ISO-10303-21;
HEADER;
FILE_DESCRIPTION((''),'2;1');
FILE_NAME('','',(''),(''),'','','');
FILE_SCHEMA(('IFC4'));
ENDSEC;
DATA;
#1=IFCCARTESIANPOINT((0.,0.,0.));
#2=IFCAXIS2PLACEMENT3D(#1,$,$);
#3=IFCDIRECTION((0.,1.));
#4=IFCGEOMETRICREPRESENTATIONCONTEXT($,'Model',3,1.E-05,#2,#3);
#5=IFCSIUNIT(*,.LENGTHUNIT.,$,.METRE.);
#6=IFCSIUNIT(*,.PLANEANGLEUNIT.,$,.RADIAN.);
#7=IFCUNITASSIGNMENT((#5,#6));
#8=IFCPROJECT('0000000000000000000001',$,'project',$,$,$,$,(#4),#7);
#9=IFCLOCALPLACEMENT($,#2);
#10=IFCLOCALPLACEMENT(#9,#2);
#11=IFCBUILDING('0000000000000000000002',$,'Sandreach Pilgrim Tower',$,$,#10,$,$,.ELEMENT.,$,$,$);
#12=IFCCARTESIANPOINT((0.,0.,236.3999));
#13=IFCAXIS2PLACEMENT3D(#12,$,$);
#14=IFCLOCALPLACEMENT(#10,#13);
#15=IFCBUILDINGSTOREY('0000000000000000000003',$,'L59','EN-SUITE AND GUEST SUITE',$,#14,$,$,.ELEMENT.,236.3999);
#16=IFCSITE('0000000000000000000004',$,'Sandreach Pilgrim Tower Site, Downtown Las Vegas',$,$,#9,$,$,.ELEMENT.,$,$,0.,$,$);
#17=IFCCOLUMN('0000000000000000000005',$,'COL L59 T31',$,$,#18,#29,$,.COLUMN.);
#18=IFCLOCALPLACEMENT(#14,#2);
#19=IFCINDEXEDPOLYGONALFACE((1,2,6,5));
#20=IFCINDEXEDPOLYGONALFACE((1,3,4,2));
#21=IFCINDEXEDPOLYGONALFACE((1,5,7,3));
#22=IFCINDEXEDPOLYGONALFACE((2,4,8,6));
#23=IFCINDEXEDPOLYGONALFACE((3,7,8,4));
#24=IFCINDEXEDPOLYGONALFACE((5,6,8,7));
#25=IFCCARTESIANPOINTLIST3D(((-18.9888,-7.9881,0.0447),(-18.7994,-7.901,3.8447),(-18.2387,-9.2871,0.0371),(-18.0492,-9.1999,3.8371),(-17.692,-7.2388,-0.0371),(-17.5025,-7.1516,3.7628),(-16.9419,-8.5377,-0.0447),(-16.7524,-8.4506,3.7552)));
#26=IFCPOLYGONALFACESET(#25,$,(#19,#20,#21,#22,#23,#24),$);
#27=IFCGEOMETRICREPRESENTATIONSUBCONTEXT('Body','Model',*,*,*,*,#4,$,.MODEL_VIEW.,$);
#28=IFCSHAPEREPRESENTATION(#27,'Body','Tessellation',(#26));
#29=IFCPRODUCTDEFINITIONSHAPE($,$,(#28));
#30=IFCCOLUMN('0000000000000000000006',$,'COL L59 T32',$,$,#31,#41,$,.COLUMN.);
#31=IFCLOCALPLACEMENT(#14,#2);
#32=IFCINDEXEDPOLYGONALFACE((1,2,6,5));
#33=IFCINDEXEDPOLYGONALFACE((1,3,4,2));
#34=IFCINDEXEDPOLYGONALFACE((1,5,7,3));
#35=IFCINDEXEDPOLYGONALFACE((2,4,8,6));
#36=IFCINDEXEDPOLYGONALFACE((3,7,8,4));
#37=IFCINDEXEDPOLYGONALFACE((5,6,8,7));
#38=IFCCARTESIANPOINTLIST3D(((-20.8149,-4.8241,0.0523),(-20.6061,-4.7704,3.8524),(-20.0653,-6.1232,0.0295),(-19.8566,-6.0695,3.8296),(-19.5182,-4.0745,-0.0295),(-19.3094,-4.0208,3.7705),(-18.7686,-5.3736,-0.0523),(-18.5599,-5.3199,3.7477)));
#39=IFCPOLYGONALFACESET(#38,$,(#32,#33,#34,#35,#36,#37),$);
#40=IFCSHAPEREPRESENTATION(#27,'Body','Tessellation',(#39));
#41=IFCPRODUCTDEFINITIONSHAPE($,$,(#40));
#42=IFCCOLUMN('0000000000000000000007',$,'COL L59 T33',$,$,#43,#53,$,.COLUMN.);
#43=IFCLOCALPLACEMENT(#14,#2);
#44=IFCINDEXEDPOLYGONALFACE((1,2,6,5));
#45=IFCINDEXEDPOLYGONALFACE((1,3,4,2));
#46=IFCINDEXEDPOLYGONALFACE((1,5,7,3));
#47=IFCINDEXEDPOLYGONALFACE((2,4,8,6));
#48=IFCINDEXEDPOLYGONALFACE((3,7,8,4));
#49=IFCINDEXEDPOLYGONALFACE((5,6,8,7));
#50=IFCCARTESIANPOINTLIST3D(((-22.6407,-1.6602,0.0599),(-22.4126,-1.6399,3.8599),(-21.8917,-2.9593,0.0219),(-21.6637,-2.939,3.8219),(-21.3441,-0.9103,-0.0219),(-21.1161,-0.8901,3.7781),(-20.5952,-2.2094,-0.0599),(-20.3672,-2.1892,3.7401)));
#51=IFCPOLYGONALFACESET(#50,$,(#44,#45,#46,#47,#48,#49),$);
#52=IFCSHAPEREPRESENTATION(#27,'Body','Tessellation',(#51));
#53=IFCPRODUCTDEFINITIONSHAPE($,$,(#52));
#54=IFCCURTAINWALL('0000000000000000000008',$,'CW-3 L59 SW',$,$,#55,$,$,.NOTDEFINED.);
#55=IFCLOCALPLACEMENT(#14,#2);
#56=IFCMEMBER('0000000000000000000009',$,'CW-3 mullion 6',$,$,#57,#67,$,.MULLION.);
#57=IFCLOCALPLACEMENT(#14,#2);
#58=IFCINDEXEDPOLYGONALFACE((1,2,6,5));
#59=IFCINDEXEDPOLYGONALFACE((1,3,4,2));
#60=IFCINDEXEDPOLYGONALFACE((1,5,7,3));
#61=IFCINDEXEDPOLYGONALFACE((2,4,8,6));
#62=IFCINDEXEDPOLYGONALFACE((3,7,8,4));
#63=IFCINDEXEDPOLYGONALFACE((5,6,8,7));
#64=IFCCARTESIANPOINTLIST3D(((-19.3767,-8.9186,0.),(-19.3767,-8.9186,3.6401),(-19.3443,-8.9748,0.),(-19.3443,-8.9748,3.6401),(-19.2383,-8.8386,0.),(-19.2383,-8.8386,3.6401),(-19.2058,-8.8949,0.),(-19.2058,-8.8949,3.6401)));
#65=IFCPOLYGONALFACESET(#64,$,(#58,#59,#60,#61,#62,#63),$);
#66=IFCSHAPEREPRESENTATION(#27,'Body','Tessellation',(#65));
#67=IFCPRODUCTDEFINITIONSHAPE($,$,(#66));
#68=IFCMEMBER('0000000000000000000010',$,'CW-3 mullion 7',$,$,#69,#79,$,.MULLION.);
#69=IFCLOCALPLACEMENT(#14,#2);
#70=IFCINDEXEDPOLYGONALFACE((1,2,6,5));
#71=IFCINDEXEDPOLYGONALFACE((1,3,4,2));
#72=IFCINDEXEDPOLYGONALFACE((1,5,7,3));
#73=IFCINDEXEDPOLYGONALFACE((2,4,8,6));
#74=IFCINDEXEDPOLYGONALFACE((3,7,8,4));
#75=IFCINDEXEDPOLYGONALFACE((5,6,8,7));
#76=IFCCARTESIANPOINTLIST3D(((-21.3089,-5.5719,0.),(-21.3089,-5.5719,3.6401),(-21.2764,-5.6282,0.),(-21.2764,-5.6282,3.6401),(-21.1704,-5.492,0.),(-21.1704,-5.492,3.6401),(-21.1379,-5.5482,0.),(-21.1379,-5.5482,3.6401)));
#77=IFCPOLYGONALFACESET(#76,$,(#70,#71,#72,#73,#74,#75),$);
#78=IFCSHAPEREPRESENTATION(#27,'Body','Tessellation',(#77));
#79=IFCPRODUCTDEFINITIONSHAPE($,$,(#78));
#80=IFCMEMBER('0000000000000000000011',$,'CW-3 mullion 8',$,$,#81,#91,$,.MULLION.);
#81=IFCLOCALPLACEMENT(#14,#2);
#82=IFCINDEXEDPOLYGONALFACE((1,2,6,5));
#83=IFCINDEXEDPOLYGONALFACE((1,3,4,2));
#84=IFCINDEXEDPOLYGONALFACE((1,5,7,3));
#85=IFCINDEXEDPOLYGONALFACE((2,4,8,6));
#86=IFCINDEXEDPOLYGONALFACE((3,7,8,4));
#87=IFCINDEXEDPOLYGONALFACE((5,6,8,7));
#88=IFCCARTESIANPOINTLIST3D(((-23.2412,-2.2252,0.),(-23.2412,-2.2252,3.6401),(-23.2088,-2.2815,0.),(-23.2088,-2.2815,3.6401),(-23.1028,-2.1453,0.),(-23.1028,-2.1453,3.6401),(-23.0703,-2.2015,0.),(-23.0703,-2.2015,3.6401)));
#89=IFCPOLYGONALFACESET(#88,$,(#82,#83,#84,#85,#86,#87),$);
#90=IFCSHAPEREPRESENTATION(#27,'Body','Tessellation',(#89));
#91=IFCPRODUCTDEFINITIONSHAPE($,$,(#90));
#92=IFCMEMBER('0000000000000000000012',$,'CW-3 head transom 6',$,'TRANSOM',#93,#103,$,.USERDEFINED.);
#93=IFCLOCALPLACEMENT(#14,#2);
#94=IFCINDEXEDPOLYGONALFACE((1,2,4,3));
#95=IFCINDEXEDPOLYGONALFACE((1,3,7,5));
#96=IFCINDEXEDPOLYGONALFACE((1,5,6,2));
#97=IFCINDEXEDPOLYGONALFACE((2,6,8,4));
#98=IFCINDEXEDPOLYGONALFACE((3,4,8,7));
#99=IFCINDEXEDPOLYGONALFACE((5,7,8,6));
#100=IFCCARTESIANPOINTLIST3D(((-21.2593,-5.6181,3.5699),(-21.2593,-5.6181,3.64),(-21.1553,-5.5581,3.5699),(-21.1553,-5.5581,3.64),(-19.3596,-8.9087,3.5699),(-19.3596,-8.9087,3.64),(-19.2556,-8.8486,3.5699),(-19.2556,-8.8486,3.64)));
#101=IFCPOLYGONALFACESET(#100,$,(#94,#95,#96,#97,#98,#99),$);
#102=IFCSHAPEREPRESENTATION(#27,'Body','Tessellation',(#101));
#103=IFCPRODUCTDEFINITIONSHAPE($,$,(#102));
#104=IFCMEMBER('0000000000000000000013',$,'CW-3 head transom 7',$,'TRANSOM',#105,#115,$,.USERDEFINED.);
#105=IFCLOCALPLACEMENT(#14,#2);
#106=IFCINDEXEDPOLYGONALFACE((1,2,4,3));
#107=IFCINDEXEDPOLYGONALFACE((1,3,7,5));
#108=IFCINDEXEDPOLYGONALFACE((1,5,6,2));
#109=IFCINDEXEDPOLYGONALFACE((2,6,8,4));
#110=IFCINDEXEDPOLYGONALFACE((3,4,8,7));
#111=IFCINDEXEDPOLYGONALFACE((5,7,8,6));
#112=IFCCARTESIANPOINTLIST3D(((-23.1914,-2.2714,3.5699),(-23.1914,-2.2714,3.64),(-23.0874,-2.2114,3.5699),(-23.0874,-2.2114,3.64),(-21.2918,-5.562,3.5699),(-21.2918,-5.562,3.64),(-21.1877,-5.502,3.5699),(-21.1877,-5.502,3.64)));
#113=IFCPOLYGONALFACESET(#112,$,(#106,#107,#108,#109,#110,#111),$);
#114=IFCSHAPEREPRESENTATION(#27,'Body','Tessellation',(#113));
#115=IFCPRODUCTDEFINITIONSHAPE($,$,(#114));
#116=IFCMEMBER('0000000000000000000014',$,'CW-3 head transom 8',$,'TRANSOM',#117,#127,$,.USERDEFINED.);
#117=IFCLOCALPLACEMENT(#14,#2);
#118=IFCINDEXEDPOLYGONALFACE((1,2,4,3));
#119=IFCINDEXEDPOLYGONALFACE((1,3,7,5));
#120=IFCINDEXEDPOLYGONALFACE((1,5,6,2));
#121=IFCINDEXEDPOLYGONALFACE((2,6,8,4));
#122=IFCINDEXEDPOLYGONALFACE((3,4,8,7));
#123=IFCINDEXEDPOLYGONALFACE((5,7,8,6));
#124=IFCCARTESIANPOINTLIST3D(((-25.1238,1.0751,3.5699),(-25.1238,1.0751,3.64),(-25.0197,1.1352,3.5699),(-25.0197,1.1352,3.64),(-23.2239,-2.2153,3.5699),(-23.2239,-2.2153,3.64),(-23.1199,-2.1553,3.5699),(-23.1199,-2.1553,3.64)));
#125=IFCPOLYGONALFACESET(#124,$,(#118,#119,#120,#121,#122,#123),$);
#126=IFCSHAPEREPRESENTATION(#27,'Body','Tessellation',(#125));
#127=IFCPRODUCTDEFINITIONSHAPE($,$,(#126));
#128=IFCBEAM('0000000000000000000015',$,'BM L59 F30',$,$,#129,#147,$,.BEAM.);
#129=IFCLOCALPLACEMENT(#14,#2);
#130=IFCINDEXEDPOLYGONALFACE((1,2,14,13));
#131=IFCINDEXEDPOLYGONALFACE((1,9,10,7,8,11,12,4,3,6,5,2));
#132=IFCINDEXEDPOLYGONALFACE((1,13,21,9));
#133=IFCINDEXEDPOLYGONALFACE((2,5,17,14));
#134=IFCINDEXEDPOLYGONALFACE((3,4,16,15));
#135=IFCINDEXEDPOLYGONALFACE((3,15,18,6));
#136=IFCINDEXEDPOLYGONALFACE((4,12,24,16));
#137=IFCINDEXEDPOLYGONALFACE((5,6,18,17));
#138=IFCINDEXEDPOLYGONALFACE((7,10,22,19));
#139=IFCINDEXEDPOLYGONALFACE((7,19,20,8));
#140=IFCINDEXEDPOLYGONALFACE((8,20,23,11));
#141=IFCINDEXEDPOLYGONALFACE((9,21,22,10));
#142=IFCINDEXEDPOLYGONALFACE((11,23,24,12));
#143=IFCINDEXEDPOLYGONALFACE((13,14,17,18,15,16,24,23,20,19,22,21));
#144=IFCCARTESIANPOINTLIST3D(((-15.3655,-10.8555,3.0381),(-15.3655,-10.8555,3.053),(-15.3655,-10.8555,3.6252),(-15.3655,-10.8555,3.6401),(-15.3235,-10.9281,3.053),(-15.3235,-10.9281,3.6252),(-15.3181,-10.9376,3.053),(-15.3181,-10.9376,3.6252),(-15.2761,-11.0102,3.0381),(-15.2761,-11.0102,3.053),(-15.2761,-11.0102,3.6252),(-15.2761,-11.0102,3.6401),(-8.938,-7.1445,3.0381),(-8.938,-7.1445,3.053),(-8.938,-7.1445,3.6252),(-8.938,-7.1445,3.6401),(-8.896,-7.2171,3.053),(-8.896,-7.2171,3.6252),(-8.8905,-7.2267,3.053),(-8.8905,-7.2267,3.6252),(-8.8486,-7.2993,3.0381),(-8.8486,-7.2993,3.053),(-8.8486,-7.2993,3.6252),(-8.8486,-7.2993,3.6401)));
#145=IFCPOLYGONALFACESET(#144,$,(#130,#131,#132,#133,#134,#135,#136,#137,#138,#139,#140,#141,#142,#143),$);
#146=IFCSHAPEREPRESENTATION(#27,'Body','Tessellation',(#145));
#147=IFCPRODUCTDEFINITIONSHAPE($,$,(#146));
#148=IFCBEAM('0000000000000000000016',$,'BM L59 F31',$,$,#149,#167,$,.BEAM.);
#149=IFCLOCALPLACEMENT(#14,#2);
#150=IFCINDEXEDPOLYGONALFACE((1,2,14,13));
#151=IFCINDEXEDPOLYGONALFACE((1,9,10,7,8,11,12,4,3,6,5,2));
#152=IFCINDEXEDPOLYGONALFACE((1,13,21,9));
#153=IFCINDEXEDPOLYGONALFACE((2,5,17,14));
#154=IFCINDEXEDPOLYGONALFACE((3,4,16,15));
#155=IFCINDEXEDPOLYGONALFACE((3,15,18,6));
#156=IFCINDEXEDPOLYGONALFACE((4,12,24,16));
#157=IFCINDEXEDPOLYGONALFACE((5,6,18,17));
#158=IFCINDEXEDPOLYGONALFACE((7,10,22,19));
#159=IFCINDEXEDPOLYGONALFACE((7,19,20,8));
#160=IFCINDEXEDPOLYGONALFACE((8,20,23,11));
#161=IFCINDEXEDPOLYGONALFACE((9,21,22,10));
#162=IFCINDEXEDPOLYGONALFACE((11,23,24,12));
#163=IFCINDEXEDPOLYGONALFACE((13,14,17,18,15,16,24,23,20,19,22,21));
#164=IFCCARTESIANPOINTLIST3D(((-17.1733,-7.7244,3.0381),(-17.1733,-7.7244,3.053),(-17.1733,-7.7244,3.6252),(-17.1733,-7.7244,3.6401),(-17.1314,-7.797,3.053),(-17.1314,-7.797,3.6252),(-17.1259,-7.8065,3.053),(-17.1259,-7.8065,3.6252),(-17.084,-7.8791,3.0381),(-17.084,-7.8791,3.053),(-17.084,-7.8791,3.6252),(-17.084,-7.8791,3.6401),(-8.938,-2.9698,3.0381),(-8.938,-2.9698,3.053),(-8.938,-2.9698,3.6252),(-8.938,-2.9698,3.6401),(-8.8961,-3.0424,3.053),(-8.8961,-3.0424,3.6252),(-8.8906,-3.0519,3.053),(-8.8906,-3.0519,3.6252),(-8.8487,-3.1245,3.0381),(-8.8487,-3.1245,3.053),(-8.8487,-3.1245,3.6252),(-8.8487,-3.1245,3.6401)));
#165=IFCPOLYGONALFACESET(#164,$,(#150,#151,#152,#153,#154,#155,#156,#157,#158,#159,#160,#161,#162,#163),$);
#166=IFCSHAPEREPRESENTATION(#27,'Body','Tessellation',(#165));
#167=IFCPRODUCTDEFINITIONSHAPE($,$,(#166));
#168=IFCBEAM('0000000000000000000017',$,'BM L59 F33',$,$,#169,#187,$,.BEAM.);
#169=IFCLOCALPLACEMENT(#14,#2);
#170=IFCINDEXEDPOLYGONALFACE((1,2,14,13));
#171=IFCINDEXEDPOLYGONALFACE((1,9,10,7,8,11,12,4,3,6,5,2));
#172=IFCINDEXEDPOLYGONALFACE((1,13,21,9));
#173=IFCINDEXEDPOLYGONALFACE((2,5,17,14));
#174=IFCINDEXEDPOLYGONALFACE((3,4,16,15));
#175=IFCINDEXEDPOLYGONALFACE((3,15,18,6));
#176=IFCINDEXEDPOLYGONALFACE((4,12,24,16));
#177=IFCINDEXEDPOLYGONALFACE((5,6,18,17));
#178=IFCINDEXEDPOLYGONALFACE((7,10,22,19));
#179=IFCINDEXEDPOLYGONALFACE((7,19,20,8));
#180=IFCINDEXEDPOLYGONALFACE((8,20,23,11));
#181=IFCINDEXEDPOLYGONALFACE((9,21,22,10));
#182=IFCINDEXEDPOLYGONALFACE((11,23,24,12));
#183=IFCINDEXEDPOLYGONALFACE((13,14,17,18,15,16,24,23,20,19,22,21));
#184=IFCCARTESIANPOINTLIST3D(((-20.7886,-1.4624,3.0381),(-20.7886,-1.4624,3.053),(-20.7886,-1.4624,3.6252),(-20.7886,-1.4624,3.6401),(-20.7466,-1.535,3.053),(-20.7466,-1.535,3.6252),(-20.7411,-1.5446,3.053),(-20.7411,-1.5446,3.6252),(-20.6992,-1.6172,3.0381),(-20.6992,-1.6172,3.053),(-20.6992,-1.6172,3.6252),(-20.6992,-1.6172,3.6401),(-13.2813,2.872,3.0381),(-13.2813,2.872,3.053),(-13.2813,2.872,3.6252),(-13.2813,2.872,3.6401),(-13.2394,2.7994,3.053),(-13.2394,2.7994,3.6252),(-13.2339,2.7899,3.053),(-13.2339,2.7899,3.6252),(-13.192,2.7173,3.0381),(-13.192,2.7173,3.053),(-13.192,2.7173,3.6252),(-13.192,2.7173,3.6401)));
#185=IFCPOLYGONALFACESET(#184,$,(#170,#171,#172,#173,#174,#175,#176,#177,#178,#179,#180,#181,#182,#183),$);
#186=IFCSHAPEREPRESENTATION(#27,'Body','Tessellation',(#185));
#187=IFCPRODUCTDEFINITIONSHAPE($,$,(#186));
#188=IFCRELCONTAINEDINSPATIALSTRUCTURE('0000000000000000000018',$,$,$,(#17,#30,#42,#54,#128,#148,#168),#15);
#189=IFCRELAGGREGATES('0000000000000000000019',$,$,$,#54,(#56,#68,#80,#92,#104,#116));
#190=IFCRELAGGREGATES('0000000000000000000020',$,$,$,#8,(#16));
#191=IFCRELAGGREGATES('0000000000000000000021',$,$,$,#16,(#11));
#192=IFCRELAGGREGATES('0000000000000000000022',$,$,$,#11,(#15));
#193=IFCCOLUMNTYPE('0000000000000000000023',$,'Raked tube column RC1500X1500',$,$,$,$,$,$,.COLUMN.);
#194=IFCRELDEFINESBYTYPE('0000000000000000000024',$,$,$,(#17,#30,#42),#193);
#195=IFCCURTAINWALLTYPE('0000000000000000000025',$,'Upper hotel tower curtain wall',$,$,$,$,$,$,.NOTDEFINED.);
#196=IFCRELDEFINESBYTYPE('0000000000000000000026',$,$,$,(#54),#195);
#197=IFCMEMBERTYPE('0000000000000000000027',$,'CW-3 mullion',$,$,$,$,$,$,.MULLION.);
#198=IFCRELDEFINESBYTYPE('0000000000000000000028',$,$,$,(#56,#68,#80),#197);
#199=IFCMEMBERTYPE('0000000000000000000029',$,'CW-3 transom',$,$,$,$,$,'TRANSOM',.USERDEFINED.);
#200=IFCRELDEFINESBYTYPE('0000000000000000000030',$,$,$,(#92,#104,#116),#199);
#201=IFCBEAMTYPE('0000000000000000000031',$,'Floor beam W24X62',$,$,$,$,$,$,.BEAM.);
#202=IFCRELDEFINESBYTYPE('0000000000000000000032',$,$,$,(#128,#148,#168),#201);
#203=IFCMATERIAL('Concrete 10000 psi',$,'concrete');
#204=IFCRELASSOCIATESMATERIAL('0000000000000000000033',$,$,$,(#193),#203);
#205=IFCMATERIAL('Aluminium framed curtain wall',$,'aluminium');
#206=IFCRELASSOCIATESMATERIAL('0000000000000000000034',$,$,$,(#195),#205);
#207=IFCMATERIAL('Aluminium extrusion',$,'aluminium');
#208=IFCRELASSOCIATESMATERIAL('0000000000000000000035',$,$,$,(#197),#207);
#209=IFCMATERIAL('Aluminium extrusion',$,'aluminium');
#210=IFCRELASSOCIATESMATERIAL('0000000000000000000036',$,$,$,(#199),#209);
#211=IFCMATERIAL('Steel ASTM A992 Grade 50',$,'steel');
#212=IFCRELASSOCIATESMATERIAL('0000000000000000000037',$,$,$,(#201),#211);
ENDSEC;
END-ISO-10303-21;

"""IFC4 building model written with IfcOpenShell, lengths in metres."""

from ifc_helpers import new_model, si_unit, direction, frame, origin, origin_2d, place, context, subcontext, project, spatial, rectangle, i_section, extrude, material, material_profile, profile_set, type_object, element, aggregate, save


model = new_model("IFC4")

# Units and contexts
model_context = context("Model", 3, precision=1e-05, world=origin(), true_north=direction((0.0, 1.0)))
body_context = subcontext(model_context, "Body", "Model", "MODEL_VIEW")
ifc_project = project(units=[si_unit("LENGTHUNIT", "METRE"), si_unit("PLANEANGLEUNIT", "RADIAN")], contexts=[model_context])

# Site, building, storey
site_placement = place(None, origin())
site = spatial("IfcSite", under=ifc_project, at=site_placement, Name="Sandreach Pilgrim Tower Site, Downtown Las Vegas", CompositionType="ELEMENT", RefElevation=0.0)
building_placement = place(site_placement, origin())
building = spatial("IfcBuilding", under=site, at=building_placement, Name="Sandreach Pilgrim Tower", CompositionType="ELEMENT")
storey_placement = place(building_placement, frame((0.0, 0.0, 236.3999)))
storey = spatial("IfcBuildingStorey", under=building, at=storey_placement, Name="L59", Description="EN-SUITE AND GUEST SUITE", CompositionType="ELEMENT", Elevation=236.3999)

# Columns
ifc_material_1 = material(Name="Concrete 10000 psi", Category="concrete")
ifc_material_profile_1 = material_profile(ifc_material_1, rectangle(XDim=1.5, YDim=1.5, at=origin_2d()), Name="RC1500X1500")
ifc_profile_set_1 = profile_set([ifc_material_profile_1], Name="Concrete 10000 psi")
column_type = type_object("IfcColumnType", Name="Raked tube column RC1500X1500", PredefinedType="COLUMN", material=ifc_profile_set_1)
column_1_placement = place(storey_placement, frame((-17.9653, -8.2629, 0.0), z_axis=(0.049781, 0.022902, 0.998498), x_axis=(-0.86455, -0.499575, 0.054561)))
element("IfcColumn", 1, at=column_1_placement, inside=storey, type_object=column_type, Name="COL L59 T31", PredefinedType="COLUMN", context=body_context, shape_type="SweptSolid", body=[
    extrude(rectangle(XDim=1.5, YDim=1.5, at=origin_2d()), origin(), (0.0, 0.0, 1.0), 3.8057),
])
column_2_placement = place(storey_placement, frame((-19.7917, -5.0989, 0.0), z_axis=(0.054843, 0.014112, 0.998395), x_axis=(-0.864468, -0.499719, 0.054549)))
element("IfcColumn", 2, at=column_2_placement, inside=storey, type_object=column_type, Name="COL L59 T32", PredefinedType="COLUMN", context=body_context, shape_type="SweptSolid", body=[
    extrude(rectangle(XDim=1.5, YDim=1.5, at=origin_2d()), origin(), (0.0, 0.0, 1.0), 3.8062),
])
column_3_placement = place(storey_placement, frame((-21.6179, -1.9348, 0.0), z_axis=(0.059898, 0.005323, 0.99819), x_axis=(-0.864361, -0.499907, 0.054533)))
element("IfcColumn", 3, at=column_3_placement, inside=storey, type_object=column_type, Name="COL L59 T33", PredefinedType="COLUMN", context=body_context, shape_type="SweptSolid", body=[
    extrude(rectangle(XDim=1.5, YDim=1.5, at=origin_2d()), origin(), (0.0, 0.0, 1.0), 3.8069),
])

# Curtain wall, members
ifc_material_2 = material(Name="Aluminium framed curtain wall", Category="aluminium")
curtain_wall_type = type_object("IfcCurtainWallType", Name="Upper hotel tower curtain wall", PredefinedType="NOTDEFINED", material=ifc_material_2)
curtain_wall_placement = place(storey_placement, origin())
curtain_wall = element("IfcCurtainWall", 4, at=curtain_wall_placement, inside=storey, type_object=curtain_wall_type, Name="CW-3 L59 SW", PredefinedType="NOTDEFINED")
ifc_material_3 = material(Name="Aluminium extrusion", Category="aluminium")
ifc_material_profile_2 = material_profile(ifc_material_3, rectangle(XDim=0.0649, YDim=0.1599, at=origin_2d()), Name="CW-3M 65X160")
ifc_profile_set_2 = profile_set([ifc_material_profile_2], Name="Aluminium extrusion")
member_type_1 = type_object("IfcMemberType", Name="CW-3 mullion", PredefinedType="MULLION", material=ifc_profile_set_2)
member_1_placement = place(storey_placement, frame((-19.2913, -8.9067, 0.0), z_axis=(0.0, 0.0, 1.0), x_axis=(-0.5, 0.866025, 0.0)))
member_1 = element("IfcMember", 5, at=member_1_placement, type_object=member_type_1, Name="CW-3 mullion 6", PredefinedType="MULLION", context=body_context, shape_type="SweptSolid", body=[
    extrude(rectangle(XDim=0.0649, YDim=0.1599, at=origin_2d()), origin(), (0.0, 0.0, 1.0), 3.6401),
])
member_2_placement = place(storey_placement, frame((-21.2234, -5.5601, 0.0), z_axis=(0.0, 0.0, 1.0), x_axis=(-0.5, 0.866025, 0.0)))
member_2 = element("IfcMember", 6, at=member_2_placement, type_object=member_type_1, Name="CW-3 mullion 7", PredefinedType="MULLION", context=body_context, shape_type="SweptSolid", body=[
    extrude(rectangle(XDim=0.0649, YDim=0.1599, at=origin_2d()), origin(), (0.0, 0.0, 1.0), 3.6401),
])
member_3_placement = place(storey_placement, frame((-23.1558, -2.2134, 0.0), z_axis=(0.0, 0.0, 1.0), x_axis=(-0.5, 0.866025, 0.0)))
member_3 = element("IfcMember", 7, at=member_3_placement, type_object=member_type_1, Name="CW-3 mullion 8", PredefinedType="MULLION", context=body_context, shape_type="SweptSolid", body=[
    extrude(rectangle(XDim=0.0649, YDim=0.1599, at=origin_2d()), origin(), (0.0, 0.0, 1.0), 3.6401),
])
ifc_material_4 = material(Name="Aluminium extrusion", Category="aluminium")
ifc_material_profile_3 = material_profile(ifc_material_4, rectangle(XDim=0.1201, YDim=0.0701, at=origin_2d()), Name="CW-3T 120X70")
ifc_profile_set_3 = profile_set([ifc_material_profile_3], Name="Aluminium extrusion")
member_type_2 = type_object("IfcMemberType", Name="CW-3 transom", ElementType="TRANSOM", PredefinedType="USERDEFINED", material=ifc_profile_set_3)
member_4_placement = place(storey_placement, frame((-19.3076, -8.8787, 3.605), z_axis=(-0.499975, 0.86604, 0.0), x_axis=(-0.86604, -0.499975, 0.0)))
member_4 = element("IfcMember", 8, at=member_4_placement, type_object=member_type_2, Name="CW-3 head transom 6", ObjectType="TRANSOM", PredefinedType="USERDEFINED", context=body_context, shape_type="SweptSolid", body=[
    extrude(rectangle(XDim=0.1201, YDim=0.0701, at=origin_2d()), origin(), (0.0, 0.0, 1.0), 3.7996),
])
member_5_placement = place(storey_placement, frame((-21.2397, -5.532, 3.605), z_axis=(-0.499975, 0.86604, 0.0), x_axis=(-0.86604, -0.499975, 0.0)))
member_5 = element("IfcMember", 9, at=member_5_placement, type_object=member_type_2, Name="CW-3 head transom 7", ObjectType="TRANSOM", PredefinedType="USERDEFINED", context=body_context, shape_type="SweptSolid", body=[
    extrude(rectangle(XDim=0.1201, YDim=0.0701, at=origin_2d()), origin(), (0.0, 0.0, 1.0), 3.7996),
])
member_6_placement = place(storey_placement, frame((-23.1719, -2.1853, 3.605), z_axis=(-0.500023, 0.866012, 0.0), x_axis=(-0.866012, -0.500023, 0.0)))
member_6 = element("IfcMember", 10, at=member_6_placement, type_object=member_type_2, Name="CW-3 head transom 8", ObjectType="TRANSOM", PredefinedType="USERDEFINED", context=body_context, shape_type="SweptSolid", body=[
    extrude(rectangle(XDim=0.1201, YDim=0.0701, at=origin_2d()), origin(), (0.0, 0.0, 1.0), 3.7996),
])

# Beams
ifc_material_5 = material(Name="Steel ASTM A992 Grade 50", Category="steel")
ifc_material_profile_4 = material_profile(ifc_material_5, i_section(OverallWidth=0.1787, OverallDepth=0.6021, WebThickness=0.011, FlangeThickness=0.0149, at=origin_2d()), Name="W24X62")
ifc_profile_set_4 = profile_set([ifc_material_profile_4], Name="Steel ASTM A992 Grade 50")
beam_type_1 = type_object("IfcBeamType", Name="Floor beam W24X62", PredefinedType="BEAM", material=ifc_profile_set_4)
beam_1_placement = place(storey_placement, frame((-15.3208, -10.9329, 3.3391), z_axis=(0.866024, 0.500002, 0.0), x_axis=(-0.500002, 0.866024, 0.0)))
element("IfcBeam", 11, at=beam_1_placement, inside=storey, type_object=beam_type_1, Name="BM L59 F30", PredefinedType="BEAM", context=body_context, shape_type="SweptSolid", body=[
    extrude(i_section(OverallWidth=0.1787, OverallDepth=0.6021, WebThickness=0.011, FlangeThickness=0.0149, at=origin_2d()), origin(), (0.0, 0.0, 1.0), 7.4219),
])
beam_2_placement = place(storey_placement, frame((-17.1287, -7.8018, 3.3391), z_axis=(0.866027, 0.499997, 0.0), x_axis=(-0.499997, 0.866027, 0.0)))
element("IfcBeam", 12, at=beam_2_placement, inside=storey, type_object=beam_type_1, Name="BM L59 F31", PredefinedType="BEAM", context=body_context, shape_type="SweptSolid", body=[
    extrude(i_section(OverallWidth=0.1787, OverallDepth=0.6021, WebThickness=0.011, FlangeThickness=0.0149, at=origin_2d()), origin(), (0.0, 0.0, 1.0), 9.5093),
])
beam_3_placement = place(storey_placement, frame((-20.7439, -1.5398, 3.3391), z_axis=(0.86602, 0.50001, 0.0), x_axis=(-0.50001, 0.86602, 0.0)))
element("IfcBeam", 13, at=beam_3_placement, inside=storey, type_object=beam_type_1, Name="BM L59 F33", PredefinedType="BEAM", context=body_context, shape_type="SweptSolid", body=[
    extrude(i_section(OverallWidth=0.1787, OverallDepth=0.6021, WebThickness=0.011, FlangeThickness=0.0149, at=origin_2d()), origin(), (0.0, 0.0, 1.0), 8.6687),
])

aggregate(curtain_wall, [member_1, member_2, member_3, member_4, member_5, member_6])

save(model, "model.ifc")
